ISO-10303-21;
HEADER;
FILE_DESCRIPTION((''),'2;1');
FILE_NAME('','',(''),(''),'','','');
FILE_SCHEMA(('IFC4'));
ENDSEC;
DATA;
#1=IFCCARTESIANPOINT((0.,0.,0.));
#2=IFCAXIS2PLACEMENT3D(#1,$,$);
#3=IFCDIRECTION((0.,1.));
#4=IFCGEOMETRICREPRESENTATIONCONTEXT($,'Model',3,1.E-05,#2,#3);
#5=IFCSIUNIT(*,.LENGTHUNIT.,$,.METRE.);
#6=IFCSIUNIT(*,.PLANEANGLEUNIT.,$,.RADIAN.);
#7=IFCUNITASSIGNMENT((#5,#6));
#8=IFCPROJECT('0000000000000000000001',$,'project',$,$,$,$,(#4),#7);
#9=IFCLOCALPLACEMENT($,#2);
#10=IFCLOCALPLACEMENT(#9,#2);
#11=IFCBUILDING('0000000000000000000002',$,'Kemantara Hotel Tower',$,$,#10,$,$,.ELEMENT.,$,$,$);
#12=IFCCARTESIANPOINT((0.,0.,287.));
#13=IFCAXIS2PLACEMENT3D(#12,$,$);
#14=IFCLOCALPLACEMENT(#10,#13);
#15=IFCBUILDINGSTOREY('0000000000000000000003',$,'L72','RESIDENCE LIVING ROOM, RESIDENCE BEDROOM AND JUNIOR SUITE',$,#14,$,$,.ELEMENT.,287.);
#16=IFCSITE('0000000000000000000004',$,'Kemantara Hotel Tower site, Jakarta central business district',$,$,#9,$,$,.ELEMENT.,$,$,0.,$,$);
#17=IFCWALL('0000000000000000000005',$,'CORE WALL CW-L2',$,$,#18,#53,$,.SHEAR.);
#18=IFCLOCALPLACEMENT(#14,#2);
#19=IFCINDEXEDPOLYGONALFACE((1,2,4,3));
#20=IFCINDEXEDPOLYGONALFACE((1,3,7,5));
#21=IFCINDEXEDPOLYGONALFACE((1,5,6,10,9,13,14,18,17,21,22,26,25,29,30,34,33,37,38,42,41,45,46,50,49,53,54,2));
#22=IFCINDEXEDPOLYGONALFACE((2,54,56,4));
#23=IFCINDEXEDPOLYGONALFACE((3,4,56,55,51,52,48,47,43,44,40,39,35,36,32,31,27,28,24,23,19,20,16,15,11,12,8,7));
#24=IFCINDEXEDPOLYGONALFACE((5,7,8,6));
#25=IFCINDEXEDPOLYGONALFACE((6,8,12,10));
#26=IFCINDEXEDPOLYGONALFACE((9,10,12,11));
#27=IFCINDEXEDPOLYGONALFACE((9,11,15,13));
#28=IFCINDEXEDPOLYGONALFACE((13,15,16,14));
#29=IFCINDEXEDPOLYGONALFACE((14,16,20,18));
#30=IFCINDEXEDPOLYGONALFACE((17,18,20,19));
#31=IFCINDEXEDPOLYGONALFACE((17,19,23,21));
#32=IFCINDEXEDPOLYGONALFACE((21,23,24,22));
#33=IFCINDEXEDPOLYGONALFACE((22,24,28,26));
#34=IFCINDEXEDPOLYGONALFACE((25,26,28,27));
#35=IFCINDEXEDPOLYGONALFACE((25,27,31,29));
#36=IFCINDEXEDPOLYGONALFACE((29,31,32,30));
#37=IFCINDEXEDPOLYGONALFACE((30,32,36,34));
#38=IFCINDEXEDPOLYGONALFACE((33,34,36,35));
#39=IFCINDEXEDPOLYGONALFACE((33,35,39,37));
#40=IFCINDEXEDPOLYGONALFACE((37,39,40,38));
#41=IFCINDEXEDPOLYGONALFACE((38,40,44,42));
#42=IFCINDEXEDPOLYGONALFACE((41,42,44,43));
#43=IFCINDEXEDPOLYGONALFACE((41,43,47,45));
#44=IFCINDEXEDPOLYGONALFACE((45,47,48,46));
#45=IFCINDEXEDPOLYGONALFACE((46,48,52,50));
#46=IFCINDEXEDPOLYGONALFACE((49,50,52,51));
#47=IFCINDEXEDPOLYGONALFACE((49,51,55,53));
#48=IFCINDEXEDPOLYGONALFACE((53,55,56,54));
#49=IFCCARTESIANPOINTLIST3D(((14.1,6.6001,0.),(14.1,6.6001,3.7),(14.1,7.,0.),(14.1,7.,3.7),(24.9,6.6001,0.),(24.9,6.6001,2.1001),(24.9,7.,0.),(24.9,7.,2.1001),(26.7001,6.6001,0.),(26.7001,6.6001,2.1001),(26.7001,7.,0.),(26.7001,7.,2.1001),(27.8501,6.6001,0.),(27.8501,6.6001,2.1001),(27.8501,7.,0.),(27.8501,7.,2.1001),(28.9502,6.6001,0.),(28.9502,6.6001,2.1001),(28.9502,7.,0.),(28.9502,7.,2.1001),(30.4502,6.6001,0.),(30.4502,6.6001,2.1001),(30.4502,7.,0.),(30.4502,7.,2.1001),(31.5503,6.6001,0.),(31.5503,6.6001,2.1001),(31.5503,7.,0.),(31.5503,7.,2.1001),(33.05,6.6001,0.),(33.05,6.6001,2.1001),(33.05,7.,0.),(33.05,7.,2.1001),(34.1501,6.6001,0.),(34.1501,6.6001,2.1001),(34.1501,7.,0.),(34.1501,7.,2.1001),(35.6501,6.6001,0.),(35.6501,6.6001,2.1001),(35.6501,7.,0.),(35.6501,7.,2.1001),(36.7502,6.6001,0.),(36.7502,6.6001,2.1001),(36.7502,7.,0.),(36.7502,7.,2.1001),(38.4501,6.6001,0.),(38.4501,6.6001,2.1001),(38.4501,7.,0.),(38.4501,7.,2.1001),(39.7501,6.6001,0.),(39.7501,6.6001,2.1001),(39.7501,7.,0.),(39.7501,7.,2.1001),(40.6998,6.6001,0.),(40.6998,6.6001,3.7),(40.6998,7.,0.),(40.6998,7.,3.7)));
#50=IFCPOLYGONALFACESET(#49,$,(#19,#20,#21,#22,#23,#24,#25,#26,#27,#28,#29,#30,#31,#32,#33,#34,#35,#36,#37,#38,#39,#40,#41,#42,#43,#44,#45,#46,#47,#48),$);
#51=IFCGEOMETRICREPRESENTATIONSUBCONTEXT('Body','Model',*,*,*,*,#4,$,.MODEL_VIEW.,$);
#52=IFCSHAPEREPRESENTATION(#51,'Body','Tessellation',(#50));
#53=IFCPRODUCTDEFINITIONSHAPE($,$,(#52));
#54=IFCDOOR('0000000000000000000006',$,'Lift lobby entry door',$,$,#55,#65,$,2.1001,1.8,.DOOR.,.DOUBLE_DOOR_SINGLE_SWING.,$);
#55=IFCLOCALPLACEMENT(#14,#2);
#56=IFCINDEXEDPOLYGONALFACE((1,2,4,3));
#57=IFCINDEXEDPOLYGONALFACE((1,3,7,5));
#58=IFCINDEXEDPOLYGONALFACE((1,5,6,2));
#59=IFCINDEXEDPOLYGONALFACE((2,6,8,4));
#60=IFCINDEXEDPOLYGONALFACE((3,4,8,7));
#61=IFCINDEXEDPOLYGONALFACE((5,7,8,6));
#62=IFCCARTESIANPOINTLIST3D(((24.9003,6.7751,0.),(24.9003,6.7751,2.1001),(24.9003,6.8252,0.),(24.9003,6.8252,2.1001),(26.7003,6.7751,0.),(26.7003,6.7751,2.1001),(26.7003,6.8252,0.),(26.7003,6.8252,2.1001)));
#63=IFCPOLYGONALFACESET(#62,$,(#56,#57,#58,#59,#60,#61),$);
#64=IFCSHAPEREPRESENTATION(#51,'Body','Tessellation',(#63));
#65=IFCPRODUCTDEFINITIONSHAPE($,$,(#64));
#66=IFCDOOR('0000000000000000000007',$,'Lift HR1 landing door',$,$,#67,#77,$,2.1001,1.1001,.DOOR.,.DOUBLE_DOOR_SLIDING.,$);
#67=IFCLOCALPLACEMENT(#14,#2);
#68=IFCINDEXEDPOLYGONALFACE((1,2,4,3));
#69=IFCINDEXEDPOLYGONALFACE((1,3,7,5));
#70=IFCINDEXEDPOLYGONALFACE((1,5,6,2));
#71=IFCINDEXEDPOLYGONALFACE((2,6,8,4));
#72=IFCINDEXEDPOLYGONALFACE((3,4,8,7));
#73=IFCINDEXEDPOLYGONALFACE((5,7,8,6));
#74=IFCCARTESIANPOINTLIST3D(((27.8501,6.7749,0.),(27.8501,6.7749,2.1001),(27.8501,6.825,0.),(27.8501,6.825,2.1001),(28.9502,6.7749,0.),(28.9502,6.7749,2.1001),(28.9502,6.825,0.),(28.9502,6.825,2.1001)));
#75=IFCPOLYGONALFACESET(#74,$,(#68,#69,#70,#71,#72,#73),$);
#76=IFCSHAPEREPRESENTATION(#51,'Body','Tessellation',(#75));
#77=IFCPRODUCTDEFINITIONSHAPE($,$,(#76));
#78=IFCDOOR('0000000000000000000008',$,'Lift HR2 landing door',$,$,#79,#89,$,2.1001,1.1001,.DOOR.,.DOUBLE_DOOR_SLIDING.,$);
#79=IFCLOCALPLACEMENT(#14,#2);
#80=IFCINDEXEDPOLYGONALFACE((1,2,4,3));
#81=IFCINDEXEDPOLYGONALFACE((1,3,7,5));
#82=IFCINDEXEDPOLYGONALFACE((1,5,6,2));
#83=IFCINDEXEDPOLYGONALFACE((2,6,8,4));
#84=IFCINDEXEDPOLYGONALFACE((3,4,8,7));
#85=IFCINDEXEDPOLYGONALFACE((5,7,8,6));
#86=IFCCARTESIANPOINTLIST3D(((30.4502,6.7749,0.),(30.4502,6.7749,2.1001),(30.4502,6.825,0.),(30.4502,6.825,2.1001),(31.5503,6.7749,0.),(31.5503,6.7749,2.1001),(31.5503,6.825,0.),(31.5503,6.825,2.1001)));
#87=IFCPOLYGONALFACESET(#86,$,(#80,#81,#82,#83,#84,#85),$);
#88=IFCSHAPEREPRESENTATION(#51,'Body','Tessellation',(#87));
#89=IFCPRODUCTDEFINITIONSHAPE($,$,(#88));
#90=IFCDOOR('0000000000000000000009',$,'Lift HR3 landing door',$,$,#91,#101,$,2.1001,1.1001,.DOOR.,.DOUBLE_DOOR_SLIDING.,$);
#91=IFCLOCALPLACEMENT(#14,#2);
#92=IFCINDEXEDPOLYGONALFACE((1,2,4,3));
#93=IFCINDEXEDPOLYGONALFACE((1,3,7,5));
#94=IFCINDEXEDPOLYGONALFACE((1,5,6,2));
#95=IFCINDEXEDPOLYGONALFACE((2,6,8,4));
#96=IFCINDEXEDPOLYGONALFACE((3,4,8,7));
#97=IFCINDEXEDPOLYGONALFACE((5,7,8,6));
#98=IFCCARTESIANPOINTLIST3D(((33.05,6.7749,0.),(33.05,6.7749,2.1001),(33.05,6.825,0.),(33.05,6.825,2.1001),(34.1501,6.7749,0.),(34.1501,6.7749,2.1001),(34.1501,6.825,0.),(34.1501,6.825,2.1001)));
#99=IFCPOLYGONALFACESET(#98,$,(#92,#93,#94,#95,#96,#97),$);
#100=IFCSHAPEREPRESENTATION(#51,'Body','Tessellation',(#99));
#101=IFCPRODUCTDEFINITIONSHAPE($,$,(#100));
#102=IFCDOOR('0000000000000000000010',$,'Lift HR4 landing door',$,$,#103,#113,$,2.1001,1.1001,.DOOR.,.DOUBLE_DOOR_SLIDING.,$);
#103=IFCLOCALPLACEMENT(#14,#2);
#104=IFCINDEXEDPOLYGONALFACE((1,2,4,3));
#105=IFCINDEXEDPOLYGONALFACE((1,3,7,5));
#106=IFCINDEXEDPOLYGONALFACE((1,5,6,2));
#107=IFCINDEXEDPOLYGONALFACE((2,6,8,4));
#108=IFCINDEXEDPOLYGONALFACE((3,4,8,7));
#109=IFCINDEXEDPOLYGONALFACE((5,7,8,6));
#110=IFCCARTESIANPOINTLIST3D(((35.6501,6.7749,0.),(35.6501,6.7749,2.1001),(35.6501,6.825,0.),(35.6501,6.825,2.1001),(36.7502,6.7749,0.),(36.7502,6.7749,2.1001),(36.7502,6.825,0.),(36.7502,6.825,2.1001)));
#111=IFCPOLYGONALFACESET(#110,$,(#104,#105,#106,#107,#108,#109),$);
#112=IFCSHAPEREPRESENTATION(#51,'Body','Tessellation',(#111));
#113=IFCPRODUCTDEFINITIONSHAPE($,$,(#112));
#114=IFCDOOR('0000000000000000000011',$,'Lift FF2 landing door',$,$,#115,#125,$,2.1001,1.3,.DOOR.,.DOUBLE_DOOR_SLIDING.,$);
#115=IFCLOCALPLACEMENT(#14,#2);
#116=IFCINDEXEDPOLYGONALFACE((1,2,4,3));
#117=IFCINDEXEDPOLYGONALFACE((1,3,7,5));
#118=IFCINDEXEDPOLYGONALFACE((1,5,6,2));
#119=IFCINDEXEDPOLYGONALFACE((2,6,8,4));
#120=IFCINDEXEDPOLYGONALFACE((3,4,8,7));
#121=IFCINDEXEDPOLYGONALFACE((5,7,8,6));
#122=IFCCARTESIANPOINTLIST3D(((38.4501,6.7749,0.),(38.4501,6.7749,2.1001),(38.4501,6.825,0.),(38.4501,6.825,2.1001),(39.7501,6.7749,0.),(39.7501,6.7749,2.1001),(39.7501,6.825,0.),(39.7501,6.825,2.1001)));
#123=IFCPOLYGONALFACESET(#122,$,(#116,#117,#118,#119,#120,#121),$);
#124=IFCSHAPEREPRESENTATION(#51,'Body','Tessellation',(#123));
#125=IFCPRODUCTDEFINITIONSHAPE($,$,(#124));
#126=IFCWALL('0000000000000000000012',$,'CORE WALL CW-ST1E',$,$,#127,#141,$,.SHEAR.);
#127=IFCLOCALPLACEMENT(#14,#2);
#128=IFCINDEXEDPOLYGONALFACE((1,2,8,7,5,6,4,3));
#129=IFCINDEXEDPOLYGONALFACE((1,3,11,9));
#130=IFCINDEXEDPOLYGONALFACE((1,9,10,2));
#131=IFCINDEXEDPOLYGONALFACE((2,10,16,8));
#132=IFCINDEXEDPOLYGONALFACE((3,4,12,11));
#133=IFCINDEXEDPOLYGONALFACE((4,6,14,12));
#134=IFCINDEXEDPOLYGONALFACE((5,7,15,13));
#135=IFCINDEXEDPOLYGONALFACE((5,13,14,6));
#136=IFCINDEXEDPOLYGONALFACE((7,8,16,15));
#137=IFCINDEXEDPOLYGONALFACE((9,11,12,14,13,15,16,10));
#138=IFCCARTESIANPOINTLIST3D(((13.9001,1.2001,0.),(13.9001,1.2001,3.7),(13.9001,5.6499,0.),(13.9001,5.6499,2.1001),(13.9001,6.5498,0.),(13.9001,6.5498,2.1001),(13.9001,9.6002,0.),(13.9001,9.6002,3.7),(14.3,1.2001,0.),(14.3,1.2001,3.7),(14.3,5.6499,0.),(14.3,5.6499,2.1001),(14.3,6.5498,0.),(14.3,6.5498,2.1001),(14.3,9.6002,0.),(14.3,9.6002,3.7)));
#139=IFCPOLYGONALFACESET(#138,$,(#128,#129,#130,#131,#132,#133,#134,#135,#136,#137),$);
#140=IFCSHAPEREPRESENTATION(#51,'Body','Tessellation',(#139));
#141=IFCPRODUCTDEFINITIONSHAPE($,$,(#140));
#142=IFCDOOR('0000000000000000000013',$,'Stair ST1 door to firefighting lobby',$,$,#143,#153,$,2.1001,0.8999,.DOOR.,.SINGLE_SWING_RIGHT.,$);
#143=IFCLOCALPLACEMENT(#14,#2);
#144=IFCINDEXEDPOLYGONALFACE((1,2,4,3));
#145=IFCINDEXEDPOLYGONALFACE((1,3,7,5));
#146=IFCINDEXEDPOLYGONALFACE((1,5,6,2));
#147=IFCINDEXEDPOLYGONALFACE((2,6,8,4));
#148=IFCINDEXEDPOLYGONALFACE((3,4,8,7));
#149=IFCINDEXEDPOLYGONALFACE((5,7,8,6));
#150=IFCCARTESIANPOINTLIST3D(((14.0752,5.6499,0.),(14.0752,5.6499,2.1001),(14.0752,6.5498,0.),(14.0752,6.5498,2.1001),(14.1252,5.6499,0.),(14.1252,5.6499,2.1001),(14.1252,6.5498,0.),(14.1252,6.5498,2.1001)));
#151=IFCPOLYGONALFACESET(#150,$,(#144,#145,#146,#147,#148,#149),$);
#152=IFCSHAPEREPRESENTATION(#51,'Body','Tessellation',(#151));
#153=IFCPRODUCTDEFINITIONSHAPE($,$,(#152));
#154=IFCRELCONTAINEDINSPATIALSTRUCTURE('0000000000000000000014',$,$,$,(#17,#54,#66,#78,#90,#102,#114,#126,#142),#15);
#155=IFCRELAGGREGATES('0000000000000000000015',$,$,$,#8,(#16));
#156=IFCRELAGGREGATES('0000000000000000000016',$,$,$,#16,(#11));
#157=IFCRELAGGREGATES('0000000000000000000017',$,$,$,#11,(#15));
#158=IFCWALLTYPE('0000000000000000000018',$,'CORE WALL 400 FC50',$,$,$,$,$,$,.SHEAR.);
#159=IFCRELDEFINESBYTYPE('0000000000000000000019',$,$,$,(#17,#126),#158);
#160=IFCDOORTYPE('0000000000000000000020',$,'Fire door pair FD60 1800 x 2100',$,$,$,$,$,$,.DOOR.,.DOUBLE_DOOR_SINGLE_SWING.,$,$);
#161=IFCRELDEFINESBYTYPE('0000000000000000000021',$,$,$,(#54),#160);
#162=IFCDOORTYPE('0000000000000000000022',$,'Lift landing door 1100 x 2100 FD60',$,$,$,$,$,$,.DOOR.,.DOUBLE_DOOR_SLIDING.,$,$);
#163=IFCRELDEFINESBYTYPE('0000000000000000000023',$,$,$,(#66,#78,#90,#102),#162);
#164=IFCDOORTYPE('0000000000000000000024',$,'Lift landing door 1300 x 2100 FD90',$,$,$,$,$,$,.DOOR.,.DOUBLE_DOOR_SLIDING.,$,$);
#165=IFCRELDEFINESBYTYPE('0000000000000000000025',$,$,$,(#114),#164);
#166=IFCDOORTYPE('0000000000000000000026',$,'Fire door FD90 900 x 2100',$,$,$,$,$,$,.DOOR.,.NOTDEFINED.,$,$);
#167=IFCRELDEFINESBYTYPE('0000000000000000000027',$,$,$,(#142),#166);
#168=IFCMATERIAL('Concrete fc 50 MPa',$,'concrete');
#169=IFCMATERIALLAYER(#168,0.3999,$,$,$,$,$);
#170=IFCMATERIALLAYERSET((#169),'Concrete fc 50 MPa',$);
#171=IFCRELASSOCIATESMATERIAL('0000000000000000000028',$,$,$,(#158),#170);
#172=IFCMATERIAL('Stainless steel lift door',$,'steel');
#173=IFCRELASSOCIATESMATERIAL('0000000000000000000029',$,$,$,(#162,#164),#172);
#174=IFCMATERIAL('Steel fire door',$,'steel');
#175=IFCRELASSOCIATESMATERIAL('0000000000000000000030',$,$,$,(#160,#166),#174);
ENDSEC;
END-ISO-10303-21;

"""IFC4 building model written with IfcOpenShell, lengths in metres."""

from ifc_helpers import new_model, si_unit, direction, frame, frame_2d, origin, place, context, subcontext, project, spatial, rectangle, extrude, material, layer, layer_set, type_object, element, fill, save


model = new_model("IFC4")

# Units and contexts
model_context = context("Model", 3, precision=1e-05, world=origin(), true_north=direction((0.0, 1.0)))
body_context = subcontext(model_context, "Body", "Model", "MODEL_VIEW")
ifc_project = project(units=[si_unit("LENGTHUNIT", "METRE"), si_unit("PLANEANGLEUNIT", "RADIAN")], contexts=[model_context])

# Site, building, storey
site_placement = place(None, origin())
site = spatial("IfcSite", under=ifc_project, at=site_placement, Name="Kemantara Hotel Tower site, Jakarta central business district", CompositionType="ELEMENT", RefElevation=0.0)
building_placement = place(site_placement, origin())
building = spatial("IfcBuilding", under=site, at=building_placement, Name="Kemantara Hotel Tower", CompositionType="ELEMENT")
storey_placement = place(building_placement, frame((0.0, 0.0, 287.0)))
storey = spatial("IfcBuildingStorey", under=building, at=storey_placement, Name="L72", Description="RESIDENCE LIVING ROOM, RESIDENCE BEDROOM AND JUNIOR SUITE", CompositionType="ELEMENT", Elevation=287.0)

# Shared definitions
ifc_material_1 = material(Name="Concrete fc 50 MPa", Category="concrete")

# Wall, openings, doors
ifc_layer_1 = layer(ifc_material_1, 0.3999)
ifc_layer_set_1 = layer_set([ifc_layer_1], Name="Concrete fc 50 MPa")
wall_type_1 = type_object("IfcWallType", Name="CORE WALL 400 FC50", PredefinedType="SHEAR", material=ifc_layer_set_1)
ifc_material_2 = material(Name="Steel fire door", Category="steel")
ifc_material_3 = material(Name="Stainless steel lift door", Category="steel")
door_type_1 = type_object("IfcDoorType", Name="Lift landing door 1100 x 2100 FD60", OperationType="DOUBLE_DOOR_SLIDING", PredefinedType="DOOR", material=ifc_material_3)
door_type_2 = type_object("IfcDoorType", Name="Lift landing door 1300 x 2100 FD90", OperationType="DOUBLE_DOOR_SLIDING", PredefinedType="DOOR", material=ifc_material_3)
wall_1_placement = place(storey_placement, frame((14.1001, 6.8, 0.0), z_axis=(0.0, 0.0, 1.0), x_axis=(1.0, 0.0, 0.0)))
wall_1 = element("IfcWall", 1, at=wall_1_placement, inside=storey, type_object=wall_type_1, Name="CORE WALL CW-L2", PredefinedType="SHEAR", context=body_context, shape_type="SweptSolid", body=[
    extrude(rectangle(XDim=26.5999, YDim=0.3999, at=frame_2d((13.2998, 0.0))), origin(), (0.0, 0.0, 1.0), 3.7),
])
opening_1_placement = place(wall_1_placement, frame((10.8, 0.0, 0.0)))
opening_1 = element("IfcOpeningElement", 2, at=opening_1_placement, cuts=wall_1, PredefinedType="OPENING", context=body_context, shape_type="SweptSolid", body=[
    extrude(rectangle(XDim=1.8, YDim=2.1001, at=frame_2d((0.8999, 1.05))), frame((0.0, 0.21, 0.0), z_axis=(0.0, -1.0, 0.0), x_axis=(1.0, 0.0, 0.0)), (0.0, 0.0, 1.0), 0.4199),
])
opening_2_placement = place(wall_1_placement, frame((13.75, 0.0, 0.0)))
opening_2 = element("IfcOpeningElement", 3, at=opening_2_placement, cuts=wall_1, PredefinedType="OPENING", context=body_context, shape_type="SweptSolid", body=[
    extrude(rectangle(XDim=1.1001, YDim=2.1001, at=frame_2d((0.55, 1.05))), frame((0.0, 0.21, 0.0), z_axis=(0.0, -1.0, 0.0), x_axis=(1.0, 0.0, 0.0)), (0.0, 0.0, 1.0), 0.4199),
])
opening_3_placement = place(wall_1_placement, frame((16.3501, 0.0, 0.0)))
opening_3 = element("IfcOpeningElement", 4, at=opening_3_placement, cuts=wall_1, PredefinedType="OPENING", context=body_context, shape_type="SweptSolid", body=[
    extrude(rectangle(XDim=1.1001, YDim=2.1001, at=frame_2d((0.55, 1.05))), frame((0.0, 0.21, 0.0), z_axis=(0.0, -1.0, 0.0), x_axis=(1.0, 0.0, 0.0)), (0.0, 0.0, 1.0), 0.4199),
])
opening_4_placement = place(wall_1_placement, frame((18.95, 0.0, 0.0)))
opening_4 = element("IfcOpeningElement", 5, at=opening_4_placement, cuts=wall_1, PredefinedType="OPENING", context=body_context, shape_type="SweptSolid", body=[
    extrude(rectangle(XDim=1.1001, YDim=2.1001, at=frame_2d((0.55, 1.05))), frame((0.0, 0.21, 0.0), z_axis=(0.0, -1.0, 0.0), x_axis=(1.0, 0.0, 0.0)), (0.0, 0.0, 1.0), 0.4199),
])
opening_5_placement = place(wall_1_placement, frame((21.55, 0.0, 0.0)))
opening_5 = element("IfcOpeningElement", 6, at=opening_5_placement, cuts=wall_1, PredefinedType="OPENING", context=body_context, shape_type="SweptSolid", body=[
    extrude(rectangle(XDim=1.1001, YDim=2.1001, at=frame_2d((0.55, 1.05))), frame((0.0, 0.21, 0.0), z_axis=(0.0, -1.0, 0.0), x_axis=(1.0, 0.0, 0.0)), (0.0, 0.0, 1.0), 0.4199),
])
opening_6_placement = place(wall_1_placement, frame((24.3501, 0.0, 0.0)))
opening_6 = element("IfcOpeningElement", 7, at=opening_6_placement, cuts=wall_1, PredefinedType="OPENING", context=body_context, shape_type="SweptSolid", body=[
    extrude(rectangle(XDim=1.3, YDim=2.1001, at=frame_2d((0.6499, 1.05))), frame((0.0, 0.21, 0.0), z_axis=(0.0, -1.0, 0.0), x_axis=(1.0, 0.0, 0.0)), (0.0, 0.0, 1.0), 0.4199),
])
door_type_3 = type_object("IfcDoorType", Name="Fire door pair FD60 1800 x 2100", OperationType="DOUBLE_DOOR_SINGLE_SWING", PredefinedType="DOOR", material=ifc_material_2)
door_1_placement = place(opening_1_placement, frame((1.8, 0.0, 0.0), z_axis=(0.0, 0.0, 1.0), x_axis=(-1.0, 0.0, 0.0)))
door_1 = element("IfcDoor", 8, at=door_1_placement, inside=storey, type_object=door_type_3, Name="Lift lobby entry door", OperationType="DOUBLE_DOOR_SINGLE_SWING", OverallHeight=2.1001, OverallWidth=1.8, PredefinedType="DOOR", context=body_context, shape_type="SweptSolid", body=[
    extrude(rectangle(XDim=1.8, YDim=2.1001, at=frame_2d((0.8999, 1.05))), frame((0.0, 0.0249, 0.0), z_axis=(0.0, -1.0, 0.0), x_axis=(1.0, 0.0, 0.0)), (0.0, 0.0, 1.0), 0.05),
])
fill(opening_1, door_1)
door_2_placement = place(opening_2_placement, origin())
door_2 = element("IfcDoor", 9, at=door_2_placement, inside=storey, type_object=door_type_1, Name="Lift HR1 landing door", OperationType="DOUBLE_DOOR_SLIDING", OverallHeight=2.1001, OverallWidth=1.1001, PredefinedType="DOOR", context=body_context, shape_type="SweptSolid", body=[
    extrude(rectangle(XDim=1.1001, YDim=2.1001, at=frame_2d((0.55, 1.05))), frame((0.0, 0.0249, 0.0), z_axis=(0.0, -1.0, 0.0), x_axis=(1.0, 0.0, 0.0)), (0.0, 0.0, 1.0), 0.05),
])
fill(opening_2, door_2)
door_3_placement = place(opening_3_placement, origin())
door_3 = element("IfcDoor", 10, at=door_3_placement, inside=storey, type_object=door_type_1, Name="Lift HR2 landing door", OperationType="DOUBLE_DOOR_SLIDING", OverallHeight=2.1001, OverallWidth=1.1001, PredefinedType="DOOR", context=body_context, shape_type="SweptSolid", body=[
    extrude(rectangle(XDim=1.1001, YDim=2.1001, at=frame_2d((0.55, 1.05))), frame((0.0, 0.0249, 0.0), z_axis=(0.0, -1.0, 0.0), x_axis=(1.0, 0.0, 0.0)), (0.0, 0.0, 1.0), 0.05),
])
fill(opening_3, door_3)
door_4_placement = place(opening_4_placement, origin())
door_4 = element("IfcDoor", 11, at=door_4_placement, inside=storey, type_object=door_type_1, Name="Lift HR3 landing door", OperationType="DOUBLE_DOOR_SLIDING", OverallHeight=2.1001, OverallWidth=1.1001, PredefinedType="DOOR", context=body_context, shape_type="SweptSolid", body=[
    extrude(rectangle(XDim=1.1001, YDim=2.1001, at=frame_2d((0.55, 1.05))), frame((0.0, 0.0249, 0.0), z_axis=(0.0, -1.0, 0.0), x_axis=(1.0, 0.0, 0.0)), (0.0, 0.0, 1.0), 0.05),
])
fill(opening_4, door_4)
door_5_placement = place(opening_5_placement, origin())
door_5 = element("IfcDoor", 12, at=door_5_placement, inside=storey, type_object=door_type_1, Name="Lift HR4 landing door", OperationType="DOUBLE_DOOR_SLIDING", OverallHeight=2.1001, OverallWidth=1.1001, PredefinedType="DOOR", context=body_context, shape_type="SweptSolid", body=[
    extrude(rectangle(XDim=1.1001, YDim=2.1001, at=frame_2d((0.55, 1.05))), frame((0.0, 0.0249, 0.0), z_axis=(0.0, -1.0, 0.0), x_axis=(1.0, 0.0, 0.0)), (0.0, 0.0, 1.0), 0.05),
])
fill(opening_5, door_5)
door_6_placement = place(opening_6_placement, origin())
door_6 = element("IfcDoor", 13, at=door_6_placement, inside=storey, type_object=door_type_2, Name="Lift FF2 landing door", OperationType="DOUBLE_DOOR_SLIDING", OverallHeight=2.1001, OverallWidth=1.3, PredefinedType="DOOR", context=body_context, shape_type="SweptSolid", body=[
    extrude(rectangle(XDim=1.3, YDim=2.1001, at=frame_2d((0.6499, 1.05))), frame((0.0, 0.0249, 0.0), z_axis=(0.0, -1.0, 0.0), x_axis=(1.0, 0.0, 0.0)), (0.0, 0.0, 1.0), 0.05),
])
fill(opening_6, door_6)

# Wall, opening, door
wall_2_placement = place(storey_placement, frame((14.1001, 1.2, 0.0), z_axis=(0.0, 0.0, 1.0), x_axis=(0.0, 1.0, 0.0)))
wall_2 = element("IfcWall", 14, at=wall_2_placement, inside=storey, type_object=wall_type_1, Name="CORE WALL CW-ST1E", PredefinedType="SHEAR", context=body_context, shape_type="SweptSolid", body=[
    extrude(rectangle(XDim=8.4001, YDim=0.3999, at=frame_2d((4.2002, 0.0))), origin(), (0.0, 0.0, 1.0), 3.7),
])
opening_7_placement = place(wall_2_placement, frame((4.45, 0.0, 0.0)))
opening_7 = element("IfcOpeningElement", 15, at=opening_7_placement, cuts=wall_2, PredefinedType="OPENING", context=body_context, shape_type="SweptSolid", body=[
    extrude(rectangle(XDim=0.8999, YDim=2.1001, at=frame_2d((0.45, 1.05))), frame((0.0, 0.21, 0.0), z_axis=(0.0, -1.0, 0.0), x_axis=(1.0, 0.0, 0.0)), (0.0, 0.0, 1.0), 0.4199),
])
door_type_4 = type_object("IfcDoorType", Name="Fire door FD90 900 x 2100", OperationType="NOTDEFINED", PredefinedType="DOOR", material=ifc_material_2)
door_7_placement = place(opening_7_placement, origin())
door_7 = element("IfcDoor", 16, at=door_7_placement, inside=storey, type_object=door_type_4, Name="Stair ST1 door to firefighting lobby", OperationType="SINGLE_SWING_RIGHT", OverallHeight=2.1001, OverallWidth=0.8999, PredefinedType="DOOR", context=body_context, shape_type="SweptSolid", body=[
    extrude(rectangle(XDim=0.8999, YDim=2.1001, at=frame_2d((0.45, 1.05))), frame((0.0, 0.0249, 0.0), z_axis=(0.0, -1.0, 0.0), x_axis=(1.0, 0.0, 0.0)), (0.0, 0.0, 1.0), 0.05),
])
fill(opening_7, door_7)

save(model, "model.ifc")
